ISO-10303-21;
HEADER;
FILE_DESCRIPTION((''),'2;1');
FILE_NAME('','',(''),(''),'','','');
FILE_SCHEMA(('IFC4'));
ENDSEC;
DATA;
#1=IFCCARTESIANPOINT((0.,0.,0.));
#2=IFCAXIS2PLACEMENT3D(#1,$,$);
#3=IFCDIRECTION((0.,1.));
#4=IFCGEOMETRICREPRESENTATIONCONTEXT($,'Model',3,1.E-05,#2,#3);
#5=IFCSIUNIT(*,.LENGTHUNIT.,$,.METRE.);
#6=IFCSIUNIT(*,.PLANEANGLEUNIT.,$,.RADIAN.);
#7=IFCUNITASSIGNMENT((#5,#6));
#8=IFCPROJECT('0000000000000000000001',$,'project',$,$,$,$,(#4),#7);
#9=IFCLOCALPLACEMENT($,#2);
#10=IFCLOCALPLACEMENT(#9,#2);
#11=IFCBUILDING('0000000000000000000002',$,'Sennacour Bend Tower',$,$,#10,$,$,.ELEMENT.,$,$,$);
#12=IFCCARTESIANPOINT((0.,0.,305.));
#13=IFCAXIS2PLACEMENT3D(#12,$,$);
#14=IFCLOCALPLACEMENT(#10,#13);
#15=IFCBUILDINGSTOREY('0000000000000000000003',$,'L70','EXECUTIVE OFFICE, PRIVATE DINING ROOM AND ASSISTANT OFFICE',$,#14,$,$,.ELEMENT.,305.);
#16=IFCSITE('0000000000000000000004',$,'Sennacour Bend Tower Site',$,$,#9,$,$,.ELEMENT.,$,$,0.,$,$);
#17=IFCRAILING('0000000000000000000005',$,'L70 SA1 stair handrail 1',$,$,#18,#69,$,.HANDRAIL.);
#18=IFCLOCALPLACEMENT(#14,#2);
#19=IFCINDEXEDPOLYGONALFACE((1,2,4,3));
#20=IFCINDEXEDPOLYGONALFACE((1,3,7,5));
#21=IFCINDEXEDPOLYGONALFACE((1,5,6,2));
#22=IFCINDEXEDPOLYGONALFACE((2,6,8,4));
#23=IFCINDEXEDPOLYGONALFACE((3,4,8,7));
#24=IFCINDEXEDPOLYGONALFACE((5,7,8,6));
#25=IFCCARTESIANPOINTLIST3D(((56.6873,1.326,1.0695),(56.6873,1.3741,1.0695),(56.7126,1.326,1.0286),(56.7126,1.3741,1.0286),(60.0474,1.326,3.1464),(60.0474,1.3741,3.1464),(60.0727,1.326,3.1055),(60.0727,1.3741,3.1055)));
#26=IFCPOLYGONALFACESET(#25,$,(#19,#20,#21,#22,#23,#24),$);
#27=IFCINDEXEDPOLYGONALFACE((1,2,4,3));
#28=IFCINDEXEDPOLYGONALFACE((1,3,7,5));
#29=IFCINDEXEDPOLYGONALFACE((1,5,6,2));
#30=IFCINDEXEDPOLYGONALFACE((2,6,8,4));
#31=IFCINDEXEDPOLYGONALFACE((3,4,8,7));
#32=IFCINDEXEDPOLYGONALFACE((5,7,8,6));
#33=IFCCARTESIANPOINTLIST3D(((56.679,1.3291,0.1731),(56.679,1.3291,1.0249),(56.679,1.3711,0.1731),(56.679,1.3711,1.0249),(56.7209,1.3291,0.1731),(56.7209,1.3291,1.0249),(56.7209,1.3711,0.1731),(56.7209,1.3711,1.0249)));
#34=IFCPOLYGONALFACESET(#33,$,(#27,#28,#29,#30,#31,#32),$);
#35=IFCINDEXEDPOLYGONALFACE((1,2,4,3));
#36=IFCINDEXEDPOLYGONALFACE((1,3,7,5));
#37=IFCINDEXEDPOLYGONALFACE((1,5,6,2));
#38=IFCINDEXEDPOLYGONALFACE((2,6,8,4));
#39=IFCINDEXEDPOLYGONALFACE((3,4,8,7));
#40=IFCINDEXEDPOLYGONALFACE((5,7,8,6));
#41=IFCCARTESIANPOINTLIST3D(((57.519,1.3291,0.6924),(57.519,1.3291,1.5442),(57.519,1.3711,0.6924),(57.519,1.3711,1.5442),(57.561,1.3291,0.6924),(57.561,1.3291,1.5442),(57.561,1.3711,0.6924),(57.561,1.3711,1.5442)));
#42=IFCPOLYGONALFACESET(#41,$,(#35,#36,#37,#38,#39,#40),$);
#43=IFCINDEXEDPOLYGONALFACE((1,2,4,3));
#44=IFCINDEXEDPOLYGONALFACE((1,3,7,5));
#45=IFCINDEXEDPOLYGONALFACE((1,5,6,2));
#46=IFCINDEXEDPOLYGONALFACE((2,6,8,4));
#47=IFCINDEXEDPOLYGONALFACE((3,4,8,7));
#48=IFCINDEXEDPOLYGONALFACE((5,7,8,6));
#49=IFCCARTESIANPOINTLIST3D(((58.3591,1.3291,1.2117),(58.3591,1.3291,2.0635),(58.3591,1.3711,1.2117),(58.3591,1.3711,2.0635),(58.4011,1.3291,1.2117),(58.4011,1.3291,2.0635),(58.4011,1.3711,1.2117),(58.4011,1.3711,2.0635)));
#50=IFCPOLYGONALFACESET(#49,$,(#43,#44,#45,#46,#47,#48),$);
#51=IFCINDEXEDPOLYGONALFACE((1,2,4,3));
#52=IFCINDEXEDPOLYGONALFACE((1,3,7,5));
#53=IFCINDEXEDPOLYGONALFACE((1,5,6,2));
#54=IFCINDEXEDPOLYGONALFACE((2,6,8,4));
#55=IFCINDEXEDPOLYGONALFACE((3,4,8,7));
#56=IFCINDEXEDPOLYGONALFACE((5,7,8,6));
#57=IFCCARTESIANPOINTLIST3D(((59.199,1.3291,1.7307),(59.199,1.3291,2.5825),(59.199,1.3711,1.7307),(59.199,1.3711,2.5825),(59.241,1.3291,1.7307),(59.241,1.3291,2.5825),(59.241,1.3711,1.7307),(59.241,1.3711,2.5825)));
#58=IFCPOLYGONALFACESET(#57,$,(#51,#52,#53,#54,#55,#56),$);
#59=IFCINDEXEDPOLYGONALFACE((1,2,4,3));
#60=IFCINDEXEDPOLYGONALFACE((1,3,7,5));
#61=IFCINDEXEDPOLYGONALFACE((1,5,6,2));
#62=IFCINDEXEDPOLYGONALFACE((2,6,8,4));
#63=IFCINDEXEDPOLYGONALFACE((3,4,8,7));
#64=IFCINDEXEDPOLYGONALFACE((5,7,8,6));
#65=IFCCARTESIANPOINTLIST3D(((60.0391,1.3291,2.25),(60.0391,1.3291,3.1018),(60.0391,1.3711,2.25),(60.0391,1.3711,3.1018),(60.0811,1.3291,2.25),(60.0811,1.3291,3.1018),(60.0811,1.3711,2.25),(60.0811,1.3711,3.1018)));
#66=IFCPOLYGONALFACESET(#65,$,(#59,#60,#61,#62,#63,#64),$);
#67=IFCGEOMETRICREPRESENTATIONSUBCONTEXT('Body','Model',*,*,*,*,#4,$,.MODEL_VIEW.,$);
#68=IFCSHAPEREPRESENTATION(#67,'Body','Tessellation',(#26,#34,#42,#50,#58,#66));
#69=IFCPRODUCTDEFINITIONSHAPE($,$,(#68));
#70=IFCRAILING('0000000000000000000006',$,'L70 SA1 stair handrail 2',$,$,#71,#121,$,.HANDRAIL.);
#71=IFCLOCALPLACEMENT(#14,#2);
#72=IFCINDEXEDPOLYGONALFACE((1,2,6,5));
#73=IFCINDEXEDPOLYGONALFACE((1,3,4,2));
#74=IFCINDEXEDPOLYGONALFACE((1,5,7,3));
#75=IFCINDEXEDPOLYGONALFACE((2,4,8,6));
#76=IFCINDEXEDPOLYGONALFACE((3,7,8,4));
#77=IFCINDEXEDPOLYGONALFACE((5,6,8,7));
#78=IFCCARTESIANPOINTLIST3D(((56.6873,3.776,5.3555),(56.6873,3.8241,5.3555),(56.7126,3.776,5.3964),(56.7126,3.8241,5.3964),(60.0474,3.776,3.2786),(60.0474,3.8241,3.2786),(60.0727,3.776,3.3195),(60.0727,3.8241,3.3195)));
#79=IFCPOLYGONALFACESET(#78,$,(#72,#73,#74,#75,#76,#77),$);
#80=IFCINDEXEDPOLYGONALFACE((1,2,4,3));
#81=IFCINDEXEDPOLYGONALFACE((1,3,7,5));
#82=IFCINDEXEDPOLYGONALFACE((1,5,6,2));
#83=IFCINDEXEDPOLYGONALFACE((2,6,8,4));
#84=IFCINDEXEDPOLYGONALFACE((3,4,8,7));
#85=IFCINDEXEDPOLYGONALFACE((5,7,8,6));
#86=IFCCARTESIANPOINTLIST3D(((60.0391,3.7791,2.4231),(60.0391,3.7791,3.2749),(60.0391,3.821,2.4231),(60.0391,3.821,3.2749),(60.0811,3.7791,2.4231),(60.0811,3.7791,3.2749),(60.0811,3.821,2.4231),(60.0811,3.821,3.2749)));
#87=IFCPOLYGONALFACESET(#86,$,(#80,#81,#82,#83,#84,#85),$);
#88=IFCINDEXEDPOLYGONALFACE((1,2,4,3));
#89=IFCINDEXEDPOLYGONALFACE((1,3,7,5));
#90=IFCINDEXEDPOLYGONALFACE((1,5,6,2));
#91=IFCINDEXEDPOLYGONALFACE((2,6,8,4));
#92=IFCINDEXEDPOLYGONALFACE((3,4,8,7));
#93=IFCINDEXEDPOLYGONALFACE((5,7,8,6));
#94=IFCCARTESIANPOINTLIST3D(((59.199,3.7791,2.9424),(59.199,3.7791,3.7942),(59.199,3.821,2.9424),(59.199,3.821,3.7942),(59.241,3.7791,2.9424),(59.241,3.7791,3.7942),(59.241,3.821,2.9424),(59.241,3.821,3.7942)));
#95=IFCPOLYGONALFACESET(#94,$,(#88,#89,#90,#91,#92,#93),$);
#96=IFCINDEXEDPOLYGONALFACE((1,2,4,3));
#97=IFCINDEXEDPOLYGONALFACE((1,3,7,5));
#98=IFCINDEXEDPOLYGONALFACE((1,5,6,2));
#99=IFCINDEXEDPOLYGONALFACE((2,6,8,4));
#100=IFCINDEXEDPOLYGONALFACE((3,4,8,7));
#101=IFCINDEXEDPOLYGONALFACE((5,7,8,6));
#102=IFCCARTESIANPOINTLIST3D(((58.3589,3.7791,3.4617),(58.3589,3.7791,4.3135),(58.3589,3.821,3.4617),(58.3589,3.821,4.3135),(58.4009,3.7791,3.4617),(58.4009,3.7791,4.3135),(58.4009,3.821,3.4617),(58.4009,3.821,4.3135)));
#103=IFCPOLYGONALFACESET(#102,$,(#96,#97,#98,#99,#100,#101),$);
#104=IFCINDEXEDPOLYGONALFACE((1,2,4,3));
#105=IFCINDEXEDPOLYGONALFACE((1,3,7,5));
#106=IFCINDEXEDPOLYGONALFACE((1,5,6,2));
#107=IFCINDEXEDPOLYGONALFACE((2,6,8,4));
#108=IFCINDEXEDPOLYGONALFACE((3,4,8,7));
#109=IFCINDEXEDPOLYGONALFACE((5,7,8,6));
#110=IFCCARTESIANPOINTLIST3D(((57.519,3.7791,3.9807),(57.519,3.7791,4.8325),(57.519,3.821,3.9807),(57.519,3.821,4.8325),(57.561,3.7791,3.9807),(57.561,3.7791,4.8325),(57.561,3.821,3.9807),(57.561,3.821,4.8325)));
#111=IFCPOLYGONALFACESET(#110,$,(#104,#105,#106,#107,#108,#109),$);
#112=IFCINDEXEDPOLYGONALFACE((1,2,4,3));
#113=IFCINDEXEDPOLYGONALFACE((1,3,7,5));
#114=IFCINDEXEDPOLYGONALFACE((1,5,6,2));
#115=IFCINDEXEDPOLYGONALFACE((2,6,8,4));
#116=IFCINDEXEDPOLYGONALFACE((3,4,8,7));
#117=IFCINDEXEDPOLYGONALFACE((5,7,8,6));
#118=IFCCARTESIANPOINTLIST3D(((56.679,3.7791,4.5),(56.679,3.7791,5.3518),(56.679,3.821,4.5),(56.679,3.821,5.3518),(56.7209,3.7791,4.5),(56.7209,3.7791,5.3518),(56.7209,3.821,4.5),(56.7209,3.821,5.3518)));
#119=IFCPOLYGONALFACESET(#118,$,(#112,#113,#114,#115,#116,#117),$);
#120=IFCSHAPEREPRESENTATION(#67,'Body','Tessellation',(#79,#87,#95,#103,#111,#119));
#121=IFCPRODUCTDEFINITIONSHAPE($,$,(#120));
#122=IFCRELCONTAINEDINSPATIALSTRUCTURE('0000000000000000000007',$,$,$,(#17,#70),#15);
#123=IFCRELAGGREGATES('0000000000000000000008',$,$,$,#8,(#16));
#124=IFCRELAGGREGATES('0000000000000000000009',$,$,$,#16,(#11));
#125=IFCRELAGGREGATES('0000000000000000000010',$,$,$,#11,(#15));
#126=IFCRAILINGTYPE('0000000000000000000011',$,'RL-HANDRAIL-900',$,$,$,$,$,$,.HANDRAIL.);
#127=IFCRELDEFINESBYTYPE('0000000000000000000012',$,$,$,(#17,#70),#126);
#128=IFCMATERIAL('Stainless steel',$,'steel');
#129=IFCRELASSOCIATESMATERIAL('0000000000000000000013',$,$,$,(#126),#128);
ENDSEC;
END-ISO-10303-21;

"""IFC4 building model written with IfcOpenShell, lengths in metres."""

from ifc_helpers import new_model, si_unit, direction, frame, origin, origin_2d, place, context, subcontext, project, spatial, rectangle, extrude, material, type_object, element, save


model = new_model("IFC4")

# Units and contexts
model_context = context("Model", 3, precision=1e-05, world=origin(), true_north=direction((0.0, 1.0)))
body_context = subcontext(model_context, "Body", "Model", "MODEL_VIEW")
ifc_project = project(units=[si_unit("LENGTHUNIT", "METRE"), si_unit("PLANEANGLEUNIT", "RADIAN")], contexts=[model_context])

# Site, building, storey
site_placement = place(None, origin())
site = spatial("IfcSite", under=ifc_project, at=site_placement, Name="Sennacour Bend Tower Site", CompositionType="ELEMENT", RefElevation=0.0)
building_placement = place(site_placement, origin())
building = spatial("IfcBuilding", under=site, at=building_placement, Name="Sennacour Bend Tower", CompositionType="ELEMENT")
storey_placement = place(building_placement, frame((0.0, 0.0, 305.0)))
storey = spatial("IfcBuildingStorey", under=building, at=storey_placement, Name="L70", Description="EXECUTIVE OFFICE, PRIVATE DINING ROOM AND ASSISTANT OFFICE", CompositionType="ELEMENT", Elevation=305.0)

# Shared definitions
ifc_material_1 = material(Name="Stainless steel", Category="steel")

# Railings
railing_type_1 = type_object("IfcRailingType", Name="RL-HANDRAIL-900", PredefinedType="HANDRAIL", material=ifc_material_1)
railing_1_placement = place(storey_placement, frame((56.7, 1.3501, 0.1731)))
element("IfcRailing", 1, at=railing_1_placement, inside=storey, type_object=railing_type_1, Name="L70 SA1 stair handrail 1", PredefinedType="HANDRAIL", context=body_context, shape_type="SweptSolid", body=[
    extrude(rectangle(XDim=0.0481, YDim=0.0481, at=origin_2d()), frame((0.0, 0.0, 0.876), z_axis=(0.850623, 0.0, 0.525776), x_axis=(0.0, 1.0, 0.0)), (0.0, 0.0, 1.0), 3.9502),
    extrude(rectangle(XDim=0.042, YDim=0.042, at=origin_2d()), origin(), (0.0, 0.0, 1.0), 0.8518),
    extrude(rectangle(XDim=0.042, YDim=0.042, at=origin_2d()), frame((0.8401, 0.0, 0.5193)), (0.0, 0.0, 1.0), 0.8518),
    extrude(rectangle(XDim=0.042, YDim=0.042, at=origin_2d()), frame((1.6802, 0.0, 1.0386)), (0.0, 0.0, 1.0), 0.8518),
    extrude(rectangle(XDim=0.042, YDim=0.042, at=origin_2d()), frame((2.52, 0.0, 1.5576)), (0.0, 0.0, 1.0), 0.8518),
    extrude(rectangle(XDim=0.042, YDim=0.042, at=origin_2d()), frame((3.3601, 0.0, 2.0769)), (0.0, 0.0, 1.0), 0.8518),
])
railing_2_placement = place(storey_placement, frame((60.0601, 3.8, 2.4231)))
element("IfcRailing", 2, at=railing_2_placement, inside=storey, type_object=railing_type_1, Name="L70 SA1 stair handrail 2", PredefinedType="HANDRAIL", context=body_context, shape_type="SweptSolid", body=[
    extrude(rectangle(XDim=0.0481, YDim=0.0481, at=origin_2d()), frame((0.0, 0.0, 0.876), z_axis=(-0.850623, 0.0, 0.525776), x_axis=(0.0, -1.0, 0.0)), (0.0, 0.0, 1.0), 3.9502),
    extrude(rectangle(XDim=0.042, YDim=0.042, at=origin_2d()), origin(), (0.0, 0.0, 1.0), 0.8518),
    extrude(rectangle(XDim=0.042, YDim=0.042, at=origin_2d()), frame((-0.8401, 0.0, 0.5193)), (0.0, 0.0, 1.0), 0.8518),
    extrude(rectangle(XDim=0.042, YDim=0.042, at=origin_2d()), frame((-1.6802, 0.0, 1.0386)), (0.0, 0.0, 1.0), 0.8518),
    extrude(rectangle(XDim=0.042, YDim=0.042, at=origin_2d()), frame((-2.52, 0.0, 1.5576)), (0.0, 0.0, 1.0), 0.8518),
    extrude(rectangle(XDim=0.042, YDim=0.042, at=origin_2d()), frame((-3.3601, 0.0, 2.0769)), (0.0, 0.0, 1.0), 0.8518),
])

save(model, "model.ifc")
